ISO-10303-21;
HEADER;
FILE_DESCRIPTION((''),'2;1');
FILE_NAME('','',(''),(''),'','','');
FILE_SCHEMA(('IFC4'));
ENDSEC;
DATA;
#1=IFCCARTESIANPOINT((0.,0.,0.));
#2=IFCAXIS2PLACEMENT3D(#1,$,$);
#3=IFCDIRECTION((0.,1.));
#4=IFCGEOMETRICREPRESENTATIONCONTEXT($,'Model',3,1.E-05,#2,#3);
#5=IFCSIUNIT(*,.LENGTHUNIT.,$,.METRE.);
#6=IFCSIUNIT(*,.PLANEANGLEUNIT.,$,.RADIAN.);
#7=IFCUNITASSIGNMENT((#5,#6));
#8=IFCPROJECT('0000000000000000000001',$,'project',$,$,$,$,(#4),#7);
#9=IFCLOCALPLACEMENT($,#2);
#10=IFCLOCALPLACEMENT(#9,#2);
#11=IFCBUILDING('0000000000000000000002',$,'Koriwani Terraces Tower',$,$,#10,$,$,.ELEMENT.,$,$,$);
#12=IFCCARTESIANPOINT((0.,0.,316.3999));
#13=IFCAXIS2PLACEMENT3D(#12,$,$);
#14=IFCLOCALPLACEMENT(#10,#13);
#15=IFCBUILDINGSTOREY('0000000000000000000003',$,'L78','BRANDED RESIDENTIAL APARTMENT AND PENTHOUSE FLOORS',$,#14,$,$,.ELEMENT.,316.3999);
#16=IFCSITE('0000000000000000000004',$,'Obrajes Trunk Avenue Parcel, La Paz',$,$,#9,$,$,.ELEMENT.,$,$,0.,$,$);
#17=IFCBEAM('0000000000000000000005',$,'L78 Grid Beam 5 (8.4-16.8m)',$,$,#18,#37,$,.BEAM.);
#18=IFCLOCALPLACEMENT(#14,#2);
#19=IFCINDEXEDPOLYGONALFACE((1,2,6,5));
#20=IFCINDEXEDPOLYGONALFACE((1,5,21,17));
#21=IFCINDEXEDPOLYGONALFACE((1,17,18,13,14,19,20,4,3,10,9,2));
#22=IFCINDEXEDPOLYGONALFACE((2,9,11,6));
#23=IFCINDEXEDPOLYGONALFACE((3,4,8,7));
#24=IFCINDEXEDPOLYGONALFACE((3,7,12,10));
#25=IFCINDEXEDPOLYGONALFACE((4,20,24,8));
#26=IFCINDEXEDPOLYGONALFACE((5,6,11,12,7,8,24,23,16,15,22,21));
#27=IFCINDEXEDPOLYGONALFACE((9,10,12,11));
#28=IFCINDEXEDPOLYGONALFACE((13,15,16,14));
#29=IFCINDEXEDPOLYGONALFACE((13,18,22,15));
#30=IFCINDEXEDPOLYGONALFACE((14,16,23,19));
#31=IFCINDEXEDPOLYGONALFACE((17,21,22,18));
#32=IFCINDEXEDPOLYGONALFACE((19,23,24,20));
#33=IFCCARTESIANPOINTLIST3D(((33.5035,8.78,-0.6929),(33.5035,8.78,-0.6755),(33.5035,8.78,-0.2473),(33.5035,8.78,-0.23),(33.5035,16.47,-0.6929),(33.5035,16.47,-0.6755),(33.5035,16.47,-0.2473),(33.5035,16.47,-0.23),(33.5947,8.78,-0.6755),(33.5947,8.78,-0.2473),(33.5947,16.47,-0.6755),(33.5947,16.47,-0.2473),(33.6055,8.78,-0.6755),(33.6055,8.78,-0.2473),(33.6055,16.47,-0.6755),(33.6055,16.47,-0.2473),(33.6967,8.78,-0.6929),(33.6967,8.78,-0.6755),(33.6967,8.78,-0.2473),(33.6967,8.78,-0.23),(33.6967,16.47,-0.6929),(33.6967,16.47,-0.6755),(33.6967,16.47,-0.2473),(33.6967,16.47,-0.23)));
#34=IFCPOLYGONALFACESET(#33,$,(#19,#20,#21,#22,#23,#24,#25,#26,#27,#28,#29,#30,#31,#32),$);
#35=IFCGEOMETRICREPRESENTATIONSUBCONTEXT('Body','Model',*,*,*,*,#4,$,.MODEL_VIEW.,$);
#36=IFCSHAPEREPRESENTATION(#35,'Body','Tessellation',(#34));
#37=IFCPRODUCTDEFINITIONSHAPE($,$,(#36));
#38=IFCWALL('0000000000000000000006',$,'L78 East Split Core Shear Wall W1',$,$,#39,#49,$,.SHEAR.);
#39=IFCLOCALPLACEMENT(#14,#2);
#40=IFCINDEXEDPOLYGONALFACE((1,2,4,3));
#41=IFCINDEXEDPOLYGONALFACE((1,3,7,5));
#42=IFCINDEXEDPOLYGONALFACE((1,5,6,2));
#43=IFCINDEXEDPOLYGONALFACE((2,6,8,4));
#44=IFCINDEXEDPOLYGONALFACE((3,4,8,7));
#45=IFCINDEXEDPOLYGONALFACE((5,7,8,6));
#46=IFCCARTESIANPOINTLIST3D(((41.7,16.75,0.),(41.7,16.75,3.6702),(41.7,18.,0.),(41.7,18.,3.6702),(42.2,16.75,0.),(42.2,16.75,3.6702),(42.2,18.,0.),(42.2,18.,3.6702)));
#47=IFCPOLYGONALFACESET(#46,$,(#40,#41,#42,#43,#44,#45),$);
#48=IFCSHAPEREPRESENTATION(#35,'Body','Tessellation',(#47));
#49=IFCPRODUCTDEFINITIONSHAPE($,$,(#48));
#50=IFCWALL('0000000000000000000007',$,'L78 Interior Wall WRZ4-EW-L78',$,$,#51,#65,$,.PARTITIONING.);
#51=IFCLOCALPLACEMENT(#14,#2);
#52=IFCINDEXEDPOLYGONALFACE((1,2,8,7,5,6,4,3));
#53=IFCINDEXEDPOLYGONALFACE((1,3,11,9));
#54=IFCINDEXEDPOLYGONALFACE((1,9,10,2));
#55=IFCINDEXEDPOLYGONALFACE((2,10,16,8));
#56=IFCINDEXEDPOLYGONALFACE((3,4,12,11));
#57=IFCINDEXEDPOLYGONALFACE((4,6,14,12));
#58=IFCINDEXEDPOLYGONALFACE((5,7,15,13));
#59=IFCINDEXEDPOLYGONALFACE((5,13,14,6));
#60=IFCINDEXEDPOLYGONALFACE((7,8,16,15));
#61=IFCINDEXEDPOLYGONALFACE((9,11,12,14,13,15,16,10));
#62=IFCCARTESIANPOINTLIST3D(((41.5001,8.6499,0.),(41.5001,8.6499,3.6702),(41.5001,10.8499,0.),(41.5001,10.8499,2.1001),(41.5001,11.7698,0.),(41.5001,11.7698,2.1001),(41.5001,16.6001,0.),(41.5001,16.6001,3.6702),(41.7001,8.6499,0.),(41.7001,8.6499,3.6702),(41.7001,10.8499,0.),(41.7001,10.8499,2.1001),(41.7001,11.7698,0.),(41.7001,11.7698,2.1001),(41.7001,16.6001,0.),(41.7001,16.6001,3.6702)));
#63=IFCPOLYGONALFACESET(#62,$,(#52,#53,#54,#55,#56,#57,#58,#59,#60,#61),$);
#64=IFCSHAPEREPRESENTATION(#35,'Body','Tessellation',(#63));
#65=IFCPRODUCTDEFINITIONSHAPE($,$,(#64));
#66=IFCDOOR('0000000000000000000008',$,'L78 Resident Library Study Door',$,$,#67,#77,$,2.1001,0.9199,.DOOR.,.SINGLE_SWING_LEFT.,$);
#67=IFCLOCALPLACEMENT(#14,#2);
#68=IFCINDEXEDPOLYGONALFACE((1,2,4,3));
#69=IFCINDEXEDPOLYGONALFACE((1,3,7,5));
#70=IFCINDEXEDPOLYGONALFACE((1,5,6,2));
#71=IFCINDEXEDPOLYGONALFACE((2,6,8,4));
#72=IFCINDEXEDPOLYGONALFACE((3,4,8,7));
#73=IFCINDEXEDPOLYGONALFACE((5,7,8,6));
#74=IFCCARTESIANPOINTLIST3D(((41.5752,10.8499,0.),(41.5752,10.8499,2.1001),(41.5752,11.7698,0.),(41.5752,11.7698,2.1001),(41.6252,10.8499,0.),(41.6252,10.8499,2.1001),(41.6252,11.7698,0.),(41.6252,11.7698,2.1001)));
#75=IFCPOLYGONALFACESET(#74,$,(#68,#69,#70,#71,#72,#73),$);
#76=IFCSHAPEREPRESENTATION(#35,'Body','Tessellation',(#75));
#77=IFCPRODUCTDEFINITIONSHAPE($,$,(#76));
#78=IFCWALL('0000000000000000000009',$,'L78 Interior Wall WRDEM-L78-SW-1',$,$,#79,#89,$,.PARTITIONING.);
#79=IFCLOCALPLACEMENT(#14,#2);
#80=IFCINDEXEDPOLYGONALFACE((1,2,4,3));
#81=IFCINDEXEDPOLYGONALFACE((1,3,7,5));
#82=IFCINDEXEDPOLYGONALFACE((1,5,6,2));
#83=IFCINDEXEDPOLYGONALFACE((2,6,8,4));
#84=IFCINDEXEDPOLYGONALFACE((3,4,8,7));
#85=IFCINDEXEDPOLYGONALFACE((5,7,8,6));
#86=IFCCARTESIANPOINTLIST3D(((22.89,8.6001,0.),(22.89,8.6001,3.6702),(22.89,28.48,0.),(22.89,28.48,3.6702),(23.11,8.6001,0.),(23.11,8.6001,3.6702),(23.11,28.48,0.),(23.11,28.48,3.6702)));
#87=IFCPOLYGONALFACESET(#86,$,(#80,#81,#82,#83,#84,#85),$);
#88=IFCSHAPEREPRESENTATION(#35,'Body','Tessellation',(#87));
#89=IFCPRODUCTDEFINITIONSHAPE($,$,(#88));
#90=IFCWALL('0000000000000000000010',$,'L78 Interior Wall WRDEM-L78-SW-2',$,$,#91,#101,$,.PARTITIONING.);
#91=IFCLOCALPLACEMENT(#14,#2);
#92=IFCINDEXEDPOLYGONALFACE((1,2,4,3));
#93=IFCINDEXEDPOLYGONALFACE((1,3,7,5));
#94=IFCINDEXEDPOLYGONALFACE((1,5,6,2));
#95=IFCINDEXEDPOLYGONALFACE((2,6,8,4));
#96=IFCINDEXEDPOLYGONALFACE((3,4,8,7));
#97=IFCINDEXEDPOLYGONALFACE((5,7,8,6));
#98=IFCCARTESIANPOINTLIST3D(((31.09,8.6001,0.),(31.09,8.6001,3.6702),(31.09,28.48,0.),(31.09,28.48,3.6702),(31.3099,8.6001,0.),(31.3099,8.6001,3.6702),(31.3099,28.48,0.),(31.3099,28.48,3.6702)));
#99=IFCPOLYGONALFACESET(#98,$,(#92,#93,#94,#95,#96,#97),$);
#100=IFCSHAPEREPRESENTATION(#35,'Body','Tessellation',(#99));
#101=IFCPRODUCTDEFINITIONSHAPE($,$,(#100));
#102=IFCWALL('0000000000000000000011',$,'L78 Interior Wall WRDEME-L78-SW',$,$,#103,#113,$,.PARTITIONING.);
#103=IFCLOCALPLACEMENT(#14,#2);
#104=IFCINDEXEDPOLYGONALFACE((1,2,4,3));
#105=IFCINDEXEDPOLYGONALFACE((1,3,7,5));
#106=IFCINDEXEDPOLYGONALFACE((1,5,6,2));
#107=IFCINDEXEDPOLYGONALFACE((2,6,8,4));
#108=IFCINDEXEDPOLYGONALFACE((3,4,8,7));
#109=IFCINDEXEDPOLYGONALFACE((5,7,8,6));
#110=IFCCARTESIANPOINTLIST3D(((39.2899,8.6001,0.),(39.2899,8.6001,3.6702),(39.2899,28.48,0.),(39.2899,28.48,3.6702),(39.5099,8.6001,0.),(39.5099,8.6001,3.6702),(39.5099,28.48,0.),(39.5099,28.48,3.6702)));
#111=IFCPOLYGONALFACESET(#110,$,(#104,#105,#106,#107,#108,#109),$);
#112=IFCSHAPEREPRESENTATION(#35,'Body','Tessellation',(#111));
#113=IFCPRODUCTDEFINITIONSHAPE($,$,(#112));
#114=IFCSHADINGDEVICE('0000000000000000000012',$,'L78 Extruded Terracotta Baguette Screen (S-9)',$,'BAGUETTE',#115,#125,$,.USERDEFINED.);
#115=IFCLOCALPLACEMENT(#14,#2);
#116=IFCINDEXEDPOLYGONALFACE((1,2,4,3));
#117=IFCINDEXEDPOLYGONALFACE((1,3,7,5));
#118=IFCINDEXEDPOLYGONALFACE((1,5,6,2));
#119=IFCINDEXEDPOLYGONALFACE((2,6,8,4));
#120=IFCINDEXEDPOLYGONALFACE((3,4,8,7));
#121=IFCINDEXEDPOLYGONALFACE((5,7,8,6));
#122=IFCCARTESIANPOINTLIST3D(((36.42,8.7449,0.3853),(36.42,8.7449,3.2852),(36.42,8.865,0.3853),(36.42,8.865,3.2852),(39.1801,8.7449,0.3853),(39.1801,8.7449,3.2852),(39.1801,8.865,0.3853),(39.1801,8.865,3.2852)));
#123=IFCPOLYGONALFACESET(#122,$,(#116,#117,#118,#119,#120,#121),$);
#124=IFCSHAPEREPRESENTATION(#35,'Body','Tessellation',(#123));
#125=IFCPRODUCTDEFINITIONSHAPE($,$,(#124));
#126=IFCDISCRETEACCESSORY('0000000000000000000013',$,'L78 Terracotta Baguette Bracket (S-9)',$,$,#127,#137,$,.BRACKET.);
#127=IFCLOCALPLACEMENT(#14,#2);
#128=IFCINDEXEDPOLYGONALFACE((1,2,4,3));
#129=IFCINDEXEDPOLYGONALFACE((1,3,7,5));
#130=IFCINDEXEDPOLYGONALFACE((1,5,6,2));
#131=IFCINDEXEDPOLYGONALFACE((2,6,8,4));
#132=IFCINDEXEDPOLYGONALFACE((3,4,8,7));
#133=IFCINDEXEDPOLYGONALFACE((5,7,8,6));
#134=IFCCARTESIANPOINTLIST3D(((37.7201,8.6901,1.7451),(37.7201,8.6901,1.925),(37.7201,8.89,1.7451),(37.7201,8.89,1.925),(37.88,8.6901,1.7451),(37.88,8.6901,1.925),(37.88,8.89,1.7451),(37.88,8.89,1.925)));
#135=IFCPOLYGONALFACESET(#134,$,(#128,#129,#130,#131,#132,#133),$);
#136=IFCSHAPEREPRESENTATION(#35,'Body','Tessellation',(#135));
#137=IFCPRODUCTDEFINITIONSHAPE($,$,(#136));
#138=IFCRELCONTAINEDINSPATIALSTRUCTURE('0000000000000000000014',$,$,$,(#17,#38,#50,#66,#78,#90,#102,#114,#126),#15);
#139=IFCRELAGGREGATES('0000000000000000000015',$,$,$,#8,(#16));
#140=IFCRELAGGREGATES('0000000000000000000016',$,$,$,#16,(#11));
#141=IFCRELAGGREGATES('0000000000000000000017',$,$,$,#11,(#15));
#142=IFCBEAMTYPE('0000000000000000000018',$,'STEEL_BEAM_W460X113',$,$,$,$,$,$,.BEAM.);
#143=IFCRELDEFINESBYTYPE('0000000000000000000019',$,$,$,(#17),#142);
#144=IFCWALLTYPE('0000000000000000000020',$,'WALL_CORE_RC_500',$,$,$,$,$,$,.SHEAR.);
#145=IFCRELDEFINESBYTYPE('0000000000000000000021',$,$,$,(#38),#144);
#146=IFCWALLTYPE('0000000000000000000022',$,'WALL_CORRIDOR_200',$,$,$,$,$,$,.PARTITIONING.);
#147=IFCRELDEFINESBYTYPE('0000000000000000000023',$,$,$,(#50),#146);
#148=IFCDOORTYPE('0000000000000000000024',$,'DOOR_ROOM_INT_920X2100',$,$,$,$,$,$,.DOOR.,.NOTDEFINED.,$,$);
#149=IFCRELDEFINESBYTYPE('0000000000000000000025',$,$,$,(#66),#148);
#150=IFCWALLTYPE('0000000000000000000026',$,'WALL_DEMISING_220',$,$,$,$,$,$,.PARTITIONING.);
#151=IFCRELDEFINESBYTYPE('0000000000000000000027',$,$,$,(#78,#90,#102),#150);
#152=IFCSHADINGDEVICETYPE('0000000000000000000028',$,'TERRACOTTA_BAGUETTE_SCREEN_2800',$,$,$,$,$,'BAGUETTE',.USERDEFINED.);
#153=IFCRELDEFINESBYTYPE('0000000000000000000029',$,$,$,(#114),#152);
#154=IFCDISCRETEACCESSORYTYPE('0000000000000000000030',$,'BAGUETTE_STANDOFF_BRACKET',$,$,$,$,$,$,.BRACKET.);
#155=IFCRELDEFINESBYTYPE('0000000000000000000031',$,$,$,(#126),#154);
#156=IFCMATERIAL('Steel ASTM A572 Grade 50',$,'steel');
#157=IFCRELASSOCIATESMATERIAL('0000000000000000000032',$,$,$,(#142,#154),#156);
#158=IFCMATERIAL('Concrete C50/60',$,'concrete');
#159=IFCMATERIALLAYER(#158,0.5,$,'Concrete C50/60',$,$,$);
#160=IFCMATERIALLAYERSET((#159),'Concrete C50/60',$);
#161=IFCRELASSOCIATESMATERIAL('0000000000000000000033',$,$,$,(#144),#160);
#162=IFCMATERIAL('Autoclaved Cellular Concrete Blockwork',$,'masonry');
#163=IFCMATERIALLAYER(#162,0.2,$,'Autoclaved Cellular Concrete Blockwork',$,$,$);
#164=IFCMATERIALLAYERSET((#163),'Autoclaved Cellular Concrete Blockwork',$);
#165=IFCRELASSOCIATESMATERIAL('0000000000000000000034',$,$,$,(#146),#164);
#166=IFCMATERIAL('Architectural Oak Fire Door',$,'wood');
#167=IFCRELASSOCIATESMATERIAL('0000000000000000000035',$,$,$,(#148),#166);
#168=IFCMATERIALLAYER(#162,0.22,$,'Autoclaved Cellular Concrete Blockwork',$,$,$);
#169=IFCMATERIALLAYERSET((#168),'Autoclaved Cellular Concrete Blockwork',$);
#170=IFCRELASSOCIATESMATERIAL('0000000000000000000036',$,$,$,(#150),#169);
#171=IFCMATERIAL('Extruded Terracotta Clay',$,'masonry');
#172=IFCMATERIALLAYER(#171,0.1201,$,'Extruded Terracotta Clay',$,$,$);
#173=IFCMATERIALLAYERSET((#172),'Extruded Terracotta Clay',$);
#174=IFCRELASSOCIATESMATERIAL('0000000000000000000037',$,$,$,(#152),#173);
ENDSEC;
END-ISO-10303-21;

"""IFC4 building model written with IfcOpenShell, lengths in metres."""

from ifc_helpers import new_model, si_unit, direction, frame, frame_2d, origin, origin_2d, place, context, subcontext, project, spatial, rectangle, i_section, extrude, material, layer, layer_set, material_profile, profile_set, type_object, element, fill, save


model = new_model("IFC4")

# Units and contexts
model_context = context("Model", 3, precision=1e-05, world=origin(), true_north=direction((0.0, 1.0)))
body_context = subcontext(model_context, "Body", "Model", "MODEL_VIEW")
ifc_project = project(units=[si_unit("LENGTHUNIT", "METRE"), si_unit("PLANEANGLEUNIT", "RADIAN")], contexts=[model_context])

# Site, building, storey
site_placement = place(None, origin())
site = spatial("IfcSite", under=ifc_project, at=site_placement, Name="Obrajes Trunk Avenue Parcel, La Paz", CompositionType="ELEMENT", RefElevation=0.0)
building_placement = place(site_placement, origin())
building = spatial("IfcBuilding", under=site, at=building_placement, Name="Koriwani Terraces Tower", CompositionType="ELEMENT")
storey_placement = place(building_placement, frame((0.0, 0.0, 316.3999)))
storey = spatial("IfcBuildingStorey", under=building, at=storey_placement, Name="L78", Description="BRANDED RESIDENTIAL APARTMENT AND PENTHOUSE FLOORS", CompositionType="ELEMENT", Elevation=316.3999)

# Shared definitions
ifc_material_1 = material(Name="Concrete C50/60", Category="concrete")

# Beam
ifc_material_2 = material(Name="Steel ASTM A572 Grade 50", Category="steel")
ifc_material_profile_1 = material_profile(ifc_material_2, i_section(OverallWidth=0.1931, OverallDepth=0.4629, WebThickness=0.0107, FlangeThickness=0.0173, at=origin_2d()), Name="Steel ASTM A572 Grade 50", Category="LoadBearing")
ifc_profile_set_1 = profile_set([ifc_material_profile_1], Name="Steel ASTM A572 Grade 50")
beam_type_1 = type_object("IfcBeamType", Name="STEEL_BEAM_W460X113", PredefinedType="BEAM", material=ifc_profile_set_1)
beam_1_placement = place(storey_placement, frame((33.6001, 8.78, -0.4614), z_axis=(0.0, 1.0, 0.0), x_axis=(-1.0, 0.0, 0.0)))
element("IfcBeam", 1, at=beam_1_placement, inside=storey, type_object=beam_type_1, Name="L78 Grid Beam 5 (8.4-16.8m)", PredefinedType="BEAM", context=body_context, shape_type="SweptSolid", body=[
    extrude(i_section(OverallWidth=0.1931, OverallDepth=0.4629, WebThickness=0.0107, FlangeThickness=0.0173, at=origin_2d()), origin(), (0.0, 0.0, 1.0), 7.6899),
])

# Wall
ifc_layer_1 = layer(ifc_material_1, 0.5, Name="Concrete C50/60")
ifc_layer_set_1 = layer_set([ifc_layer_1], Name="Concrete C50/60")
wall_type_1 = type_object("IfcWallType", Name="WALL_CORE_RC_500", PredefinedType="SHEAR", material=ifc_layer_set_1)
wall_1_placement = place(storey_placement, frame((41.95, 16.75, 0.0), z_axis=(0.0, 0.0, 1.0), x_axis=(0.0, 1.0, 0.0)))
element("IfcWall", 2, at=wall_1_placement, inside=storey, type_object=wall_type_1, Name="L78 East Split Core Shear Wall W1", PredefinedType="SHEAR", context=body_context, shape_type="SweptSolid", body=[
    extrude(rectangle(XDim=1.25, YDim=0.5, at=frame_2d((0.625, 0.0))), origin(), (0.0, 0.0, 1.0), 3.6702),
])

# Wall, opening, door
ifc_material_3 = material(Name="Autoclaved Cellular Concrete Blockwork", Category="masonry")
ifc_layer_2 = layer(ifc_material_3, 0.2, Name="Autoclaved Cellular Concrete Blockwork")
ifc_layer_set_2 = layer_set([ifc_layer_2], Name="Autoclaved Cellular Concrete Blockwork")
wall_type_2 = type_object("IfcWallType", Name="WALL_CORRIDOR_200", PredefinedType="PARTITIONING", material=ifc_layer_set_2)
wall_2_placement = place(storey_placement, frame((41.6001, 8.6499, 0.0), z_axis=(0.0, 0.0, 1.0), x_axis=(0.0, 1.0, 0.0)))
wall_2 = element("IfcWall", 3, at=wall_2_placement, inside=storey, type_object=wall_type_2, Name="L78 Interior Wall WRZ4-EW-L78", PredefinedType="PARTITIONING", context=body_context, shape_type="SweptSolid", body=[
    extrude(rectangle(XDim=7.9502, YDim=0.2, at=frame_2d((3.9751, 0.0))), origin(), (0.0, 0.0, 1.0), 3.6702),
])
opening_placement = place(wall_2_placement, frame((2.2, 0.0, 0.0)))
opening = element("IfcOpeningElement", 4, at=opening_placement, cuts=wall_2, PredefinedType="OPENING", context=body_context, shape_type="SweptSolid", body=[
    extrude(rectangle(XDim=0.9199, YDim=2.1001, at=frame_2d((0.46, 1.05))), frame((0.0, 0.1099, 0.0), z_axis=(0.0, -1.0, 0.0), x_axis=(1.0, 0.0, 0.0)), (0.0, 0.0, 1.0), 0.22),
])
ifc_material_4 = material(Name="Architectural Oak Fire Door", Category="wood")
door_type = type_object("IfcDoorType", Name="DOOR_ROOM_INT_920X2100", OperationType="NOTDEFINED", PredefinedType="DOOR", material=ifc_material_4)
door_placement = place(opening_placement, origin())
door = element("IfcDoor", 5, at=door_placement, inside=storey, type_object=door_type, Name="L78 Resident Library Study Door", OperationType="SINGLE_SWING_LEFT", OverallHeight=2.1001, OverallWidth=0.9199, PredefinedType="DOOR", context=body_context, shape_type="SweptSolid", body=[
    extrude(rectangle(XDim=0.9199, YDim=2.1001, at=frame_2d((0.46, 1.05))), frame((0.0, 0.0249, 0.0), z_axis=(0.0, -1.0, 0.0), x_axis=(1.0, 0.0, 0.0)), (0.0, 0.0, 1.0), 0.05),
])
fill(opening, door)

# Walls
ifc_layer_3 = layer(ifc_material_3, 0.22, Name="Autoclaved Cellular Concrete Blockwork")
ifc_layer_set_3 = layer_set([ifc_layer_3], Name="Autoclaved Cellular Concrete Blockwork")
wall_type_3 = type_object("IfcWallType", Name="WALL_DEMISING_220", PredefinedType="PARTITIONING", material=ifc_layer_set_3)
for number, where, z_axis, x_axis, name in (
    (6, (23.0, 8.6001, 0.0), (0.0, 0.0, 1.0), (0.0, 1.0, 0.0), "L78 Interior Wall WRDEM-L78-SW-1"),
    (7, (31.2, 8.6001, 0.0), (0.0, 0.0, 1.0), (0.0, 1.0, 0.0), "L78 Interior Wall WRDEM-L78-SW-2"),
    (8, (39.3999, 8.6001, 0.0), (0.0, 0.0, 1.0), (0.0, 1.0, 0.0), "L78 Interior Wall WRDEME-L78-SW"),
):
    element("IfcWall", number, at=place(storey_placement, frame(where, z_axis=z_axis, x_axis=x_axis)), inside=storey, type_object=wall_type_3, Name=name, PredefinedType="PARTITIONING", context=body_context, shape_type="SweptSolid", body=[
        extrude(rectangle(XDim=19.8799, YDim=0.22, at=frame_2d((9.9399, 0.0))), origin(), (0.0, 0.0, 1.0), 3.6702),
    ])

# Shading device
ifc_material_5 = material(Name="Extruded Terracotta Clay", Category="masonry")
ifc_layer_4 = layer(ifc_material_5, 0.1201, Name="Extruded Terracotta Clay")
ifc_layer_set_4 = layer_set([ifc_layer_4], Name="Extruded Terracotta Clay")
shading_device_type = type_object("IfcShadingDeviceType", Name="TERRACOTTA_BAGUETTE_SCREEN_2800", ElementType="BAGUETTE", PredefinedType="USERDEFINED", material=ifc_layer_set_4)
shading_device_placement = place(storey_placement, frame((37.8, 8.8049, 0.3853), z_axis=(0.0, 0.0, 1.0), x_axis=(-1.0, 0.0, 0.0)))
element("IfcShadingDevice", 9, at=shading_device_placement, inside=storey, type_object=shading_device_type, Name="L78 Extruded Terracotta Baguette Screen (S-9)", ObjectType="BAGUETTE", PredefinedType="USERDEFINED", context=body_context, shape_type="SweptSolid", body=[
    extrude(rectangle(XDim=2.76, YDim=0.1201, at=origin_2d()), origin(), (0.0, 0.0, 1.0), 2.8999),
])

# Discrete accessory
discrete_accessory_type = type_object("IfcDiscreteAccessoryType", Name="BAGUETTE_STANDOFF_BRACKET", PredefinedType="BRACKET", material=ifc_material_2)
discrete_accessory_placement = place(storey_placement, frame((37.8, 8.79, 1.7451), z_axis=(0.0, 0.0, 1.0), x_axis=(-1.0, 0.0, 0.0)))
element("IfcDiscreteAccessory", 10, at=discrete_accessory_placement, inside=storey, type_object=discrete_accessory_type, Name="L78 Terracotta Baguette Bracket (S-9)", PredefinedType="BRACKET", context=body_context, shape_type="SweptSolid", body=[
    extrude(rectangle(XDim=0.1599, YDim=0.2, at=origin_2d()), origin(), (0.0, 0.0, 1.0), 0.1799),
])

save(model, "model.ifc")
